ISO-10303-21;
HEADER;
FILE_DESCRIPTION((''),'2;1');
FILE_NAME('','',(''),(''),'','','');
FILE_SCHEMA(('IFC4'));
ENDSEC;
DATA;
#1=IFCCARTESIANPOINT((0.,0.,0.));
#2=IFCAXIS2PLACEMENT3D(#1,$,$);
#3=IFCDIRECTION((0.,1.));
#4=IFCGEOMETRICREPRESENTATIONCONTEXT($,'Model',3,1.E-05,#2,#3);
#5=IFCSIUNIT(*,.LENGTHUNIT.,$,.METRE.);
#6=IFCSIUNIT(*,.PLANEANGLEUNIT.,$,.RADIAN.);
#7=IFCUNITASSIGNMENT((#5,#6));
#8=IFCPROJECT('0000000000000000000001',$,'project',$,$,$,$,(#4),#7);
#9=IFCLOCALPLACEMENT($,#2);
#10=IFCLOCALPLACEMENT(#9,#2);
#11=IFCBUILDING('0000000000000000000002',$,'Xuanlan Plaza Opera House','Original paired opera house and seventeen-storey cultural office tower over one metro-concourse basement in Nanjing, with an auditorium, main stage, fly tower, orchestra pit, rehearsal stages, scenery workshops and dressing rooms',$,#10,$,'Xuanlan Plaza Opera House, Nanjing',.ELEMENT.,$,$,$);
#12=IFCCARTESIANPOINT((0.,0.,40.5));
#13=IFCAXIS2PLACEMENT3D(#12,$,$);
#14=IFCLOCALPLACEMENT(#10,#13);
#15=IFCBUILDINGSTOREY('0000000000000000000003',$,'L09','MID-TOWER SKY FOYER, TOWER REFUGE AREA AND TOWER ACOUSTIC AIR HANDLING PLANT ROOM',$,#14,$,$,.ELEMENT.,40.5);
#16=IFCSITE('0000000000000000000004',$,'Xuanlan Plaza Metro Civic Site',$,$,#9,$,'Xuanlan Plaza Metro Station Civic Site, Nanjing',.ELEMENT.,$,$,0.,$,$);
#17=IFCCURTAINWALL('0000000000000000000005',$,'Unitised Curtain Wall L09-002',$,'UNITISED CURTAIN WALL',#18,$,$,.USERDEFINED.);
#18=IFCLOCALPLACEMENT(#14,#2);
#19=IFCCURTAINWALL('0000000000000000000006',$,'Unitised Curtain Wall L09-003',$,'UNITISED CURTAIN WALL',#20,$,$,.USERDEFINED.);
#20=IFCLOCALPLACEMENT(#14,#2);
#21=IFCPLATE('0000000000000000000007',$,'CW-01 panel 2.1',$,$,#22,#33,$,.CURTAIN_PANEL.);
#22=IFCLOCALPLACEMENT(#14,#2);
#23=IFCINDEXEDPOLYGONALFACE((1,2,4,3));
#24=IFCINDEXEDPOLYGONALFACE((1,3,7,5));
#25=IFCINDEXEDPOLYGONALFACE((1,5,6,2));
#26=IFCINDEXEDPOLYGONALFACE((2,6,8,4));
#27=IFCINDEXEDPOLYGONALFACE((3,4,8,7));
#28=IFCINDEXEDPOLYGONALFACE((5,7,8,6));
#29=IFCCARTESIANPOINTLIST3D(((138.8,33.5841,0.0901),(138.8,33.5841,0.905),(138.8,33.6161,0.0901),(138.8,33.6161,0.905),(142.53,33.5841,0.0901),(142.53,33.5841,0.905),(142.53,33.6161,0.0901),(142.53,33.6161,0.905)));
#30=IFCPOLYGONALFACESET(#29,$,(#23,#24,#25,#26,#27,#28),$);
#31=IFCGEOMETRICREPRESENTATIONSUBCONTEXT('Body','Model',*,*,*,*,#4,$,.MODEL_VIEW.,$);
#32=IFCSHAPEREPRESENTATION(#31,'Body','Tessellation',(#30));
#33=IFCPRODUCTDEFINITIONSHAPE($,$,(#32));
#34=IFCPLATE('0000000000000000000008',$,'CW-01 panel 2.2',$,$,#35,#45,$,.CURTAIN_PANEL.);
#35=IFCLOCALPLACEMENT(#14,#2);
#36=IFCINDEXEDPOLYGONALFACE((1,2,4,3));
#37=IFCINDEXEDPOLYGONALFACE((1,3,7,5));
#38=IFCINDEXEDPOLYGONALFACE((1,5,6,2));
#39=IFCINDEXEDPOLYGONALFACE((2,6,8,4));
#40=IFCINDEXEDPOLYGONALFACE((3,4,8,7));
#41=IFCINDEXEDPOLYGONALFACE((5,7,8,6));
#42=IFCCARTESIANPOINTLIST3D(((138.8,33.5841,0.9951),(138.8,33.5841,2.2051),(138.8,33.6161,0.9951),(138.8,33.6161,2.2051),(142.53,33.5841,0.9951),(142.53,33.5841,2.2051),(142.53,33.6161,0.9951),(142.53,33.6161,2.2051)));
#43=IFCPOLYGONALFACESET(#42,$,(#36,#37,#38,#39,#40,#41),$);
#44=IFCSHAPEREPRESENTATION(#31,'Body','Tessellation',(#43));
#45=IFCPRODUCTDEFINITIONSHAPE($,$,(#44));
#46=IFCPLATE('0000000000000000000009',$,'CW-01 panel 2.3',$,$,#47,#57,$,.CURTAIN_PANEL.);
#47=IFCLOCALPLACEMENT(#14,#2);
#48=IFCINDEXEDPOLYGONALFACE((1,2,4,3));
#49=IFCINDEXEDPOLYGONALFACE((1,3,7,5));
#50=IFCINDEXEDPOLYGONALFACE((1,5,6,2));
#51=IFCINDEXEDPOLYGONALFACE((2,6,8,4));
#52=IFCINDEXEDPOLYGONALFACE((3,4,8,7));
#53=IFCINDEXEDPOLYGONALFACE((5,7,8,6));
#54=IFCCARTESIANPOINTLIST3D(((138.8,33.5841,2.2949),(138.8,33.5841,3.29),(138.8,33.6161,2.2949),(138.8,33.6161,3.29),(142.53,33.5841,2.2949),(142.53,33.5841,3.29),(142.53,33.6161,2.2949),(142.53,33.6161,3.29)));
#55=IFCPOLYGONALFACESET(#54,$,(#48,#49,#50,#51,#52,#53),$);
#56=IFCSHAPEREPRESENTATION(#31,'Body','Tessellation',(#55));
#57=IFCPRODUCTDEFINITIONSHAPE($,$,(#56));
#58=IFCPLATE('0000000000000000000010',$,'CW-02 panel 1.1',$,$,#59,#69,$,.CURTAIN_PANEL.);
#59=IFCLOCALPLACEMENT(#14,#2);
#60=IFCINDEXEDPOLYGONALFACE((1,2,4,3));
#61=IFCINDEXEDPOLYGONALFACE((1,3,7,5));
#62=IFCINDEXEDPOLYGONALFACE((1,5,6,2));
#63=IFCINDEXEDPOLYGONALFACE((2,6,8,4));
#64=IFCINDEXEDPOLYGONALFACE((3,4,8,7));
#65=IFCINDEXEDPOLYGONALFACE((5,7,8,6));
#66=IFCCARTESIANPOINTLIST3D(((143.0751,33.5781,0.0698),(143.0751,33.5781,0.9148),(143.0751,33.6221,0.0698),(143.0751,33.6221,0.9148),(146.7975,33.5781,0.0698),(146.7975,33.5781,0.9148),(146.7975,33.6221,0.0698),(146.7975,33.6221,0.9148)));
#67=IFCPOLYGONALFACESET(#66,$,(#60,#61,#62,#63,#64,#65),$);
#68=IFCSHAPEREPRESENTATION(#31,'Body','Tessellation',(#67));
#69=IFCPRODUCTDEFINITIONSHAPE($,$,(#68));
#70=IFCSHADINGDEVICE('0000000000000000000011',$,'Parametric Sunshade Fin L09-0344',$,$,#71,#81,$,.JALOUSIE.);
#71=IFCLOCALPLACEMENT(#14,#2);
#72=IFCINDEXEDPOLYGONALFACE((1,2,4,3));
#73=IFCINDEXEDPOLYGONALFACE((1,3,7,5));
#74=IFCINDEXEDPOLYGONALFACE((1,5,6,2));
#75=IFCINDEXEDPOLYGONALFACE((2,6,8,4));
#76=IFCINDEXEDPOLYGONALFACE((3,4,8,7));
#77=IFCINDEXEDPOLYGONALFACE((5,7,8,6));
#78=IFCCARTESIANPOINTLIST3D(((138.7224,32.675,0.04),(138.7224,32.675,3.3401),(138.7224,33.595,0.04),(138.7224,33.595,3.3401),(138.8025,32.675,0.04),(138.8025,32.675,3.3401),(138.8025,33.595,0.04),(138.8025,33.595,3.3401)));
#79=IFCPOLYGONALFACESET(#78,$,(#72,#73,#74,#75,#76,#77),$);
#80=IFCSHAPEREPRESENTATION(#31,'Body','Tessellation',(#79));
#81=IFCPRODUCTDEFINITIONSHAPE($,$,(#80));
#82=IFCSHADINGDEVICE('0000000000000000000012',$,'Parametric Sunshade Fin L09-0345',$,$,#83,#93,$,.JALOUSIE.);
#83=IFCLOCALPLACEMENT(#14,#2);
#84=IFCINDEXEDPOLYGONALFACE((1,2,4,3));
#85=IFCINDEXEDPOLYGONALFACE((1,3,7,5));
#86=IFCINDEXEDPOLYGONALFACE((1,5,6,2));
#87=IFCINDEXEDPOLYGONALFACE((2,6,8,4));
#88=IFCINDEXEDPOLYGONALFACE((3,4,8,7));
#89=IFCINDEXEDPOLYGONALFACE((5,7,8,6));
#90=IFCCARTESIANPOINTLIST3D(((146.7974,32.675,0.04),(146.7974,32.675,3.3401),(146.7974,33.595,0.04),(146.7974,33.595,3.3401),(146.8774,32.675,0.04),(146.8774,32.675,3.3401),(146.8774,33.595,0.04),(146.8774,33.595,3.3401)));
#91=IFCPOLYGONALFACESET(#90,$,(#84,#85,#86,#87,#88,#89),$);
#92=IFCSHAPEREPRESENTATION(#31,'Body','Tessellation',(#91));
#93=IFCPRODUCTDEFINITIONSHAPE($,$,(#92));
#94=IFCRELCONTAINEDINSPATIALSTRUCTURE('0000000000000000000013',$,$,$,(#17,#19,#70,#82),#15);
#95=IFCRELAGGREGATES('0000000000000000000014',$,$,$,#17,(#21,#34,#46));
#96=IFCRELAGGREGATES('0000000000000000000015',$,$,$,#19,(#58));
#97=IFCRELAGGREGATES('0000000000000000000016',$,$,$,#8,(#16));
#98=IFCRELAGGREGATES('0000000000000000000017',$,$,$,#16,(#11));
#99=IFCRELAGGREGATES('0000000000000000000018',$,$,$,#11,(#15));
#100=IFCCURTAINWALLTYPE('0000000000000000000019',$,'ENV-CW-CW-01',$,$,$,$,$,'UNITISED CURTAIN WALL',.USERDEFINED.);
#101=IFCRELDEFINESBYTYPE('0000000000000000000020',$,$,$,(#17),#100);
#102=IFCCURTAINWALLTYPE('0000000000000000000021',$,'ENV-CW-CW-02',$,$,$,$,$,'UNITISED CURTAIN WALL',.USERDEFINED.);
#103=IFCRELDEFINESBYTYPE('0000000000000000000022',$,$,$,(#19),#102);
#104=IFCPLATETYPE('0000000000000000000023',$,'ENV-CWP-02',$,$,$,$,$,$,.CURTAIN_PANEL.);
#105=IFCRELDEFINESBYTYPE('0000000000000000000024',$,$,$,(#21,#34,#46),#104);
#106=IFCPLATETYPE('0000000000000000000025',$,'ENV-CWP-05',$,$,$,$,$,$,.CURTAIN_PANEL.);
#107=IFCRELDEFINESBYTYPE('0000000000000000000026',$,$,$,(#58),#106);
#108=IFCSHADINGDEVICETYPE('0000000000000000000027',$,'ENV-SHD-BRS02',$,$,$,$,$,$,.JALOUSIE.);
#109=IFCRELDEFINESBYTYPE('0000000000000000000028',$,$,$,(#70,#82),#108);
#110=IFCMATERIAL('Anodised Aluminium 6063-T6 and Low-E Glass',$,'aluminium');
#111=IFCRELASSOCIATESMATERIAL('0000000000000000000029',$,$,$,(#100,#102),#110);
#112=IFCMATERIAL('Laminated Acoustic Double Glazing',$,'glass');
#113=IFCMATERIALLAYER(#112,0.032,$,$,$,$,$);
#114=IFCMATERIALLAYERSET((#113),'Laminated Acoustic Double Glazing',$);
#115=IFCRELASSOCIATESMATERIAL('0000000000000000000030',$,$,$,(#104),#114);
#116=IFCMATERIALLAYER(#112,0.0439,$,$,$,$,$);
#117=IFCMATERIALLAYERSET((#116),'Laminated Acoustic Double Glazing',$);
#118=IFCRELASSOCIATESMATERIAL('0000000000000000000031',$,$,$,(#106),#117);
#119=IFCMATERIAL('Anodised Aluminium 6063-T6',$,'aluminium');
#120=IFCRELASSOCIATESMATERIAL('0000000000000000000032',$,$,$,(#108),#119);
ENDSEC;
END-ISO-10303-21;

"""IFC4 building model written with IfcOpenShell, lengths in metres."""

from ifc_helpers import new_model, si_unit, direction, frame, origin, origin_2d, place, context, subcontext, project, spatial, rectangle, extrude, material, layer, layer_set, type_object, element, aggregate, save


model = new_model("IFC4")

# Units and contexts
model_context = context("Model", 3, precision=1e-05, world=origin(), true_north=direction((0.0, 1.0)))
body_context = subcontext(model_context, "Body", "Model", "MODEL_VIEW")
ifc_project = project(units=[si_unit("LENGTHUNIT", "METRE"), si_unit("PLANEANGLEUNIT", "RADIAN")], contexts=[model_context])

# Site, building, storey
site_placement = place(None, origin())
site = spatial("IfcSite", under=ifc_project, at=site_placement, Name="Xuanlan Plaza Metro Civic Site", LongName="Xuanlan Plaza Metro Station Civic Site, Nanjing", CompositionType="ELEMENT", RefElevation=0.0)
building_placement = place(site_placement, origin())
building = spatial("IfcBuilding", under=site, at=building_placement, Name="Xuanlan Plaza Opera House", Description="Original paired opera house and seventeen-storey cultural office tower over one metro-concourse basement in Nanjing, with an auditorium, main stage, fly tower, orchestra pit, rehearsal stages, scenery workshops and dressing rooms", LongName="Xuanlan Plaza Opera House, Nanjing", CompositionType="ELEMENT")
storey_placement = place(building_placement, frame((0.0, 0.0, 40.5)))
storey = spatial("IfcBuildingStorey", under=building, at=storey_placement, Name="L09", Description="MID-TOWER SKY FOYER, TOWER REFUGE AREA AND TOWER ACOUSTIC AIR HANDLING PLANT ROOM", CompositionType="ELEMENT", Elevation=40.5)

# Curtain walls
ifc_material_1 = material(Name="Anodised Aluminium 6063-T6 and Low-E Glass", Category="aluminium")
curtain_wall_type_1 = type_object("IfcCurtainWallType", Name="ENV-CW-CW-01", ElementType="UNITISED CURTAIN WALL", PredefinedType="USERDEFINED", material=ifc_material_1)
curtain_wall_1_placement = place(storey_placement, origin())
curtain_wall_1 = element("IfcCurtainWall", 1, at=curtain_wall_1_placement, inside=storey, type_object=curtain_wall_type_1, Name="Unitised Curtain Wall L09-002", ObjectType="UNITISED CURTAIN WALL", PredefinedType="USERDEFINED")
ifc_material_2 = material(Name="Anodised Aluminium 6063-T6", Category="aluminium")
curtain_wall_type_2 = type_object("IfcCurtainWallType", Name="ENV-CW-CW-02", ElementType="UNITISED CURTAIN WALL", PredefinedType="USERDEFINED", material=ifc_material_1)
curtain_wall_2_placement = place(storey_placement, origin())
curtain_wall_2 = element("IfcCurtainWall", 2, at=curtain_wall_2_placement, inside=storey, type_object=curtain_wall_type_2, Name="Unitised Curtain Wall L09-003", ObjectType="UNITISED CURTAIN WALL", PredefinedType="USERDEFINED")

# Plates
ifc_material_3 = material(Name="Laminated Acoustic Double Glazing", Category="glass")
ifc_layer_1 = layer(ifc_material_3, 0.032)
ifc_layer_set_1 = layer_set([ifc_layer_1], Name="Laminated Acoustic Double Glazing")
plate_type_1 = type_object("IfcPlateType", Name="ENV-CWP-02", PredefinedType="CURTAIN_PANEL", material=ifc_layer_set_1)
plate_1_placement = place(storey_placement, frame((140.665, 33.6001, 0.0901), z_axis=(0.0, 0.0, 1.0), x_axis=(1.0, 0.0, 0.0)))
plate_1 = element("IfcPlate", 3, at=plate_1_placement, type_object=plate_type_1, Name="CW-01 panel 2.1", PredefinedType="CURTAIN_PANEL", context=body_context, shape_type="SweptSolid", body=[
    extrude(rectangle(XDim=3.73, YDim=0.032, at=origin_2d()), origin(), (0.0, 0.0, 1.0), 0.8149),
])
plate_2_placement = place(storey_placement, frame((140.665, 33.6001, 0.9951), z_axis=(0.0, 0.0, 1.0), x_axis=(1.0, 0.0, 0.0)))
plate_2 = element("IfcPlate", 4, at=plate_2_placement, type_object=plate_type_1, Name="CW-01 panel 2.2", PredefinedType="CURTAIN_PANEL", context=body_context, shape_type="SweptSolid", body=[
    extrude(rectangle(XDim=3.73, YDim=0.032, at=origin_2d()), origin(), (0.0, 0.0, 1.0), 1.21),
])
plate_3_placement = place(storey_placement, frame((140.665, 33.6001, 2.2949), z_axis=(0.0, 0.0, 1.0), x_axis=(1.0, 0.0, 0.0)))
plate_3 = element("IfcPlate", 5, at=plate_3_placement, type_object=plate_type_1, Name="CW-01 panel 2.3", PredefinedType="CURTAIN_PANEL", context=body_context, shape_type="SweptSolid", body=[
    extrude(rectangle(XDim=3.73, YDim=0.032, at=origin_2d()), origin(), (0.0, 0.0, 1.0), 0.9951),
])
aggregate(curtain_wall_1, [plate_1, plate_2, plate_3])
ifc_layer_2 = layer(ifc_material_3, 0.0439)
ifc_layer_set_2 = layer_set([ifc_layer_2], Name="Laminated Acoustic Double Glazing")
plate_type_2 = type_object("IfcPlateType", Name="ENV-CWP-05", PredefinedType="CURTAIN_PANEL", material=ifc_layer_set_2)
plate_4_placement = place(storey_placement, frame((144.9363, 33.6001, 0.0698), z_axis=(0.0, 0.0, 1.0), x_axis=(1.0, 0.0, 0.0)))
plate_4 = element("IfcPlate", 6, at=plate_4_placement, type_object=plate_type_2, Name="CW-02 panel 1.1", PredefinedType="CURTAIN_PANEL", context=body_context, shape_type="SweptSolid", body=[
    extrude(rectangle(XDim=3.7224, YDim=0.0439, at=origin_2d()), origin(), (0.0, 0.0, 1.0), 0.845),
])
aggregate(curtain_wall_2, [plate_4])

# Shading devices
shading_device_type = type_object("IfcShadingDeviceType", Name="ENV-SHD-BRS02", PredefinedType="JALOUSIE", material=ifc_material_2)
for number, where, z_axis, x_axis, name in (
    (7, (138.7625, 33.135, 0.04), (0.0, 0.0, 1.0), (0.0, -1.0, 0.0), "Parametric Sunshade Fin L09-0344"),
    (8, (146.8374, 33.135, 0.04), (0.0, 0.0, 1.0), (0.0, -1.0, 0.0), "Parametric Sunshade Fin L09-0345"),
):
    element("IfcShadingDevice", number, at=place(storey_placement, frame(where, z_axis=z_axis, x_axis=x_axis)), inside=storey, type_object=shading_device_type, Name=name, PredefinedType="JALOUSIE", context=body_context, shape_type="SweptSolid", body=[
        extrude(rectangle(XDim=0.9199, YDim=0.0801, at=origin_2d()), origin(), (0.0, 0.0, 1.0), 3.3),
    ])

save(model, "model.ifc")
